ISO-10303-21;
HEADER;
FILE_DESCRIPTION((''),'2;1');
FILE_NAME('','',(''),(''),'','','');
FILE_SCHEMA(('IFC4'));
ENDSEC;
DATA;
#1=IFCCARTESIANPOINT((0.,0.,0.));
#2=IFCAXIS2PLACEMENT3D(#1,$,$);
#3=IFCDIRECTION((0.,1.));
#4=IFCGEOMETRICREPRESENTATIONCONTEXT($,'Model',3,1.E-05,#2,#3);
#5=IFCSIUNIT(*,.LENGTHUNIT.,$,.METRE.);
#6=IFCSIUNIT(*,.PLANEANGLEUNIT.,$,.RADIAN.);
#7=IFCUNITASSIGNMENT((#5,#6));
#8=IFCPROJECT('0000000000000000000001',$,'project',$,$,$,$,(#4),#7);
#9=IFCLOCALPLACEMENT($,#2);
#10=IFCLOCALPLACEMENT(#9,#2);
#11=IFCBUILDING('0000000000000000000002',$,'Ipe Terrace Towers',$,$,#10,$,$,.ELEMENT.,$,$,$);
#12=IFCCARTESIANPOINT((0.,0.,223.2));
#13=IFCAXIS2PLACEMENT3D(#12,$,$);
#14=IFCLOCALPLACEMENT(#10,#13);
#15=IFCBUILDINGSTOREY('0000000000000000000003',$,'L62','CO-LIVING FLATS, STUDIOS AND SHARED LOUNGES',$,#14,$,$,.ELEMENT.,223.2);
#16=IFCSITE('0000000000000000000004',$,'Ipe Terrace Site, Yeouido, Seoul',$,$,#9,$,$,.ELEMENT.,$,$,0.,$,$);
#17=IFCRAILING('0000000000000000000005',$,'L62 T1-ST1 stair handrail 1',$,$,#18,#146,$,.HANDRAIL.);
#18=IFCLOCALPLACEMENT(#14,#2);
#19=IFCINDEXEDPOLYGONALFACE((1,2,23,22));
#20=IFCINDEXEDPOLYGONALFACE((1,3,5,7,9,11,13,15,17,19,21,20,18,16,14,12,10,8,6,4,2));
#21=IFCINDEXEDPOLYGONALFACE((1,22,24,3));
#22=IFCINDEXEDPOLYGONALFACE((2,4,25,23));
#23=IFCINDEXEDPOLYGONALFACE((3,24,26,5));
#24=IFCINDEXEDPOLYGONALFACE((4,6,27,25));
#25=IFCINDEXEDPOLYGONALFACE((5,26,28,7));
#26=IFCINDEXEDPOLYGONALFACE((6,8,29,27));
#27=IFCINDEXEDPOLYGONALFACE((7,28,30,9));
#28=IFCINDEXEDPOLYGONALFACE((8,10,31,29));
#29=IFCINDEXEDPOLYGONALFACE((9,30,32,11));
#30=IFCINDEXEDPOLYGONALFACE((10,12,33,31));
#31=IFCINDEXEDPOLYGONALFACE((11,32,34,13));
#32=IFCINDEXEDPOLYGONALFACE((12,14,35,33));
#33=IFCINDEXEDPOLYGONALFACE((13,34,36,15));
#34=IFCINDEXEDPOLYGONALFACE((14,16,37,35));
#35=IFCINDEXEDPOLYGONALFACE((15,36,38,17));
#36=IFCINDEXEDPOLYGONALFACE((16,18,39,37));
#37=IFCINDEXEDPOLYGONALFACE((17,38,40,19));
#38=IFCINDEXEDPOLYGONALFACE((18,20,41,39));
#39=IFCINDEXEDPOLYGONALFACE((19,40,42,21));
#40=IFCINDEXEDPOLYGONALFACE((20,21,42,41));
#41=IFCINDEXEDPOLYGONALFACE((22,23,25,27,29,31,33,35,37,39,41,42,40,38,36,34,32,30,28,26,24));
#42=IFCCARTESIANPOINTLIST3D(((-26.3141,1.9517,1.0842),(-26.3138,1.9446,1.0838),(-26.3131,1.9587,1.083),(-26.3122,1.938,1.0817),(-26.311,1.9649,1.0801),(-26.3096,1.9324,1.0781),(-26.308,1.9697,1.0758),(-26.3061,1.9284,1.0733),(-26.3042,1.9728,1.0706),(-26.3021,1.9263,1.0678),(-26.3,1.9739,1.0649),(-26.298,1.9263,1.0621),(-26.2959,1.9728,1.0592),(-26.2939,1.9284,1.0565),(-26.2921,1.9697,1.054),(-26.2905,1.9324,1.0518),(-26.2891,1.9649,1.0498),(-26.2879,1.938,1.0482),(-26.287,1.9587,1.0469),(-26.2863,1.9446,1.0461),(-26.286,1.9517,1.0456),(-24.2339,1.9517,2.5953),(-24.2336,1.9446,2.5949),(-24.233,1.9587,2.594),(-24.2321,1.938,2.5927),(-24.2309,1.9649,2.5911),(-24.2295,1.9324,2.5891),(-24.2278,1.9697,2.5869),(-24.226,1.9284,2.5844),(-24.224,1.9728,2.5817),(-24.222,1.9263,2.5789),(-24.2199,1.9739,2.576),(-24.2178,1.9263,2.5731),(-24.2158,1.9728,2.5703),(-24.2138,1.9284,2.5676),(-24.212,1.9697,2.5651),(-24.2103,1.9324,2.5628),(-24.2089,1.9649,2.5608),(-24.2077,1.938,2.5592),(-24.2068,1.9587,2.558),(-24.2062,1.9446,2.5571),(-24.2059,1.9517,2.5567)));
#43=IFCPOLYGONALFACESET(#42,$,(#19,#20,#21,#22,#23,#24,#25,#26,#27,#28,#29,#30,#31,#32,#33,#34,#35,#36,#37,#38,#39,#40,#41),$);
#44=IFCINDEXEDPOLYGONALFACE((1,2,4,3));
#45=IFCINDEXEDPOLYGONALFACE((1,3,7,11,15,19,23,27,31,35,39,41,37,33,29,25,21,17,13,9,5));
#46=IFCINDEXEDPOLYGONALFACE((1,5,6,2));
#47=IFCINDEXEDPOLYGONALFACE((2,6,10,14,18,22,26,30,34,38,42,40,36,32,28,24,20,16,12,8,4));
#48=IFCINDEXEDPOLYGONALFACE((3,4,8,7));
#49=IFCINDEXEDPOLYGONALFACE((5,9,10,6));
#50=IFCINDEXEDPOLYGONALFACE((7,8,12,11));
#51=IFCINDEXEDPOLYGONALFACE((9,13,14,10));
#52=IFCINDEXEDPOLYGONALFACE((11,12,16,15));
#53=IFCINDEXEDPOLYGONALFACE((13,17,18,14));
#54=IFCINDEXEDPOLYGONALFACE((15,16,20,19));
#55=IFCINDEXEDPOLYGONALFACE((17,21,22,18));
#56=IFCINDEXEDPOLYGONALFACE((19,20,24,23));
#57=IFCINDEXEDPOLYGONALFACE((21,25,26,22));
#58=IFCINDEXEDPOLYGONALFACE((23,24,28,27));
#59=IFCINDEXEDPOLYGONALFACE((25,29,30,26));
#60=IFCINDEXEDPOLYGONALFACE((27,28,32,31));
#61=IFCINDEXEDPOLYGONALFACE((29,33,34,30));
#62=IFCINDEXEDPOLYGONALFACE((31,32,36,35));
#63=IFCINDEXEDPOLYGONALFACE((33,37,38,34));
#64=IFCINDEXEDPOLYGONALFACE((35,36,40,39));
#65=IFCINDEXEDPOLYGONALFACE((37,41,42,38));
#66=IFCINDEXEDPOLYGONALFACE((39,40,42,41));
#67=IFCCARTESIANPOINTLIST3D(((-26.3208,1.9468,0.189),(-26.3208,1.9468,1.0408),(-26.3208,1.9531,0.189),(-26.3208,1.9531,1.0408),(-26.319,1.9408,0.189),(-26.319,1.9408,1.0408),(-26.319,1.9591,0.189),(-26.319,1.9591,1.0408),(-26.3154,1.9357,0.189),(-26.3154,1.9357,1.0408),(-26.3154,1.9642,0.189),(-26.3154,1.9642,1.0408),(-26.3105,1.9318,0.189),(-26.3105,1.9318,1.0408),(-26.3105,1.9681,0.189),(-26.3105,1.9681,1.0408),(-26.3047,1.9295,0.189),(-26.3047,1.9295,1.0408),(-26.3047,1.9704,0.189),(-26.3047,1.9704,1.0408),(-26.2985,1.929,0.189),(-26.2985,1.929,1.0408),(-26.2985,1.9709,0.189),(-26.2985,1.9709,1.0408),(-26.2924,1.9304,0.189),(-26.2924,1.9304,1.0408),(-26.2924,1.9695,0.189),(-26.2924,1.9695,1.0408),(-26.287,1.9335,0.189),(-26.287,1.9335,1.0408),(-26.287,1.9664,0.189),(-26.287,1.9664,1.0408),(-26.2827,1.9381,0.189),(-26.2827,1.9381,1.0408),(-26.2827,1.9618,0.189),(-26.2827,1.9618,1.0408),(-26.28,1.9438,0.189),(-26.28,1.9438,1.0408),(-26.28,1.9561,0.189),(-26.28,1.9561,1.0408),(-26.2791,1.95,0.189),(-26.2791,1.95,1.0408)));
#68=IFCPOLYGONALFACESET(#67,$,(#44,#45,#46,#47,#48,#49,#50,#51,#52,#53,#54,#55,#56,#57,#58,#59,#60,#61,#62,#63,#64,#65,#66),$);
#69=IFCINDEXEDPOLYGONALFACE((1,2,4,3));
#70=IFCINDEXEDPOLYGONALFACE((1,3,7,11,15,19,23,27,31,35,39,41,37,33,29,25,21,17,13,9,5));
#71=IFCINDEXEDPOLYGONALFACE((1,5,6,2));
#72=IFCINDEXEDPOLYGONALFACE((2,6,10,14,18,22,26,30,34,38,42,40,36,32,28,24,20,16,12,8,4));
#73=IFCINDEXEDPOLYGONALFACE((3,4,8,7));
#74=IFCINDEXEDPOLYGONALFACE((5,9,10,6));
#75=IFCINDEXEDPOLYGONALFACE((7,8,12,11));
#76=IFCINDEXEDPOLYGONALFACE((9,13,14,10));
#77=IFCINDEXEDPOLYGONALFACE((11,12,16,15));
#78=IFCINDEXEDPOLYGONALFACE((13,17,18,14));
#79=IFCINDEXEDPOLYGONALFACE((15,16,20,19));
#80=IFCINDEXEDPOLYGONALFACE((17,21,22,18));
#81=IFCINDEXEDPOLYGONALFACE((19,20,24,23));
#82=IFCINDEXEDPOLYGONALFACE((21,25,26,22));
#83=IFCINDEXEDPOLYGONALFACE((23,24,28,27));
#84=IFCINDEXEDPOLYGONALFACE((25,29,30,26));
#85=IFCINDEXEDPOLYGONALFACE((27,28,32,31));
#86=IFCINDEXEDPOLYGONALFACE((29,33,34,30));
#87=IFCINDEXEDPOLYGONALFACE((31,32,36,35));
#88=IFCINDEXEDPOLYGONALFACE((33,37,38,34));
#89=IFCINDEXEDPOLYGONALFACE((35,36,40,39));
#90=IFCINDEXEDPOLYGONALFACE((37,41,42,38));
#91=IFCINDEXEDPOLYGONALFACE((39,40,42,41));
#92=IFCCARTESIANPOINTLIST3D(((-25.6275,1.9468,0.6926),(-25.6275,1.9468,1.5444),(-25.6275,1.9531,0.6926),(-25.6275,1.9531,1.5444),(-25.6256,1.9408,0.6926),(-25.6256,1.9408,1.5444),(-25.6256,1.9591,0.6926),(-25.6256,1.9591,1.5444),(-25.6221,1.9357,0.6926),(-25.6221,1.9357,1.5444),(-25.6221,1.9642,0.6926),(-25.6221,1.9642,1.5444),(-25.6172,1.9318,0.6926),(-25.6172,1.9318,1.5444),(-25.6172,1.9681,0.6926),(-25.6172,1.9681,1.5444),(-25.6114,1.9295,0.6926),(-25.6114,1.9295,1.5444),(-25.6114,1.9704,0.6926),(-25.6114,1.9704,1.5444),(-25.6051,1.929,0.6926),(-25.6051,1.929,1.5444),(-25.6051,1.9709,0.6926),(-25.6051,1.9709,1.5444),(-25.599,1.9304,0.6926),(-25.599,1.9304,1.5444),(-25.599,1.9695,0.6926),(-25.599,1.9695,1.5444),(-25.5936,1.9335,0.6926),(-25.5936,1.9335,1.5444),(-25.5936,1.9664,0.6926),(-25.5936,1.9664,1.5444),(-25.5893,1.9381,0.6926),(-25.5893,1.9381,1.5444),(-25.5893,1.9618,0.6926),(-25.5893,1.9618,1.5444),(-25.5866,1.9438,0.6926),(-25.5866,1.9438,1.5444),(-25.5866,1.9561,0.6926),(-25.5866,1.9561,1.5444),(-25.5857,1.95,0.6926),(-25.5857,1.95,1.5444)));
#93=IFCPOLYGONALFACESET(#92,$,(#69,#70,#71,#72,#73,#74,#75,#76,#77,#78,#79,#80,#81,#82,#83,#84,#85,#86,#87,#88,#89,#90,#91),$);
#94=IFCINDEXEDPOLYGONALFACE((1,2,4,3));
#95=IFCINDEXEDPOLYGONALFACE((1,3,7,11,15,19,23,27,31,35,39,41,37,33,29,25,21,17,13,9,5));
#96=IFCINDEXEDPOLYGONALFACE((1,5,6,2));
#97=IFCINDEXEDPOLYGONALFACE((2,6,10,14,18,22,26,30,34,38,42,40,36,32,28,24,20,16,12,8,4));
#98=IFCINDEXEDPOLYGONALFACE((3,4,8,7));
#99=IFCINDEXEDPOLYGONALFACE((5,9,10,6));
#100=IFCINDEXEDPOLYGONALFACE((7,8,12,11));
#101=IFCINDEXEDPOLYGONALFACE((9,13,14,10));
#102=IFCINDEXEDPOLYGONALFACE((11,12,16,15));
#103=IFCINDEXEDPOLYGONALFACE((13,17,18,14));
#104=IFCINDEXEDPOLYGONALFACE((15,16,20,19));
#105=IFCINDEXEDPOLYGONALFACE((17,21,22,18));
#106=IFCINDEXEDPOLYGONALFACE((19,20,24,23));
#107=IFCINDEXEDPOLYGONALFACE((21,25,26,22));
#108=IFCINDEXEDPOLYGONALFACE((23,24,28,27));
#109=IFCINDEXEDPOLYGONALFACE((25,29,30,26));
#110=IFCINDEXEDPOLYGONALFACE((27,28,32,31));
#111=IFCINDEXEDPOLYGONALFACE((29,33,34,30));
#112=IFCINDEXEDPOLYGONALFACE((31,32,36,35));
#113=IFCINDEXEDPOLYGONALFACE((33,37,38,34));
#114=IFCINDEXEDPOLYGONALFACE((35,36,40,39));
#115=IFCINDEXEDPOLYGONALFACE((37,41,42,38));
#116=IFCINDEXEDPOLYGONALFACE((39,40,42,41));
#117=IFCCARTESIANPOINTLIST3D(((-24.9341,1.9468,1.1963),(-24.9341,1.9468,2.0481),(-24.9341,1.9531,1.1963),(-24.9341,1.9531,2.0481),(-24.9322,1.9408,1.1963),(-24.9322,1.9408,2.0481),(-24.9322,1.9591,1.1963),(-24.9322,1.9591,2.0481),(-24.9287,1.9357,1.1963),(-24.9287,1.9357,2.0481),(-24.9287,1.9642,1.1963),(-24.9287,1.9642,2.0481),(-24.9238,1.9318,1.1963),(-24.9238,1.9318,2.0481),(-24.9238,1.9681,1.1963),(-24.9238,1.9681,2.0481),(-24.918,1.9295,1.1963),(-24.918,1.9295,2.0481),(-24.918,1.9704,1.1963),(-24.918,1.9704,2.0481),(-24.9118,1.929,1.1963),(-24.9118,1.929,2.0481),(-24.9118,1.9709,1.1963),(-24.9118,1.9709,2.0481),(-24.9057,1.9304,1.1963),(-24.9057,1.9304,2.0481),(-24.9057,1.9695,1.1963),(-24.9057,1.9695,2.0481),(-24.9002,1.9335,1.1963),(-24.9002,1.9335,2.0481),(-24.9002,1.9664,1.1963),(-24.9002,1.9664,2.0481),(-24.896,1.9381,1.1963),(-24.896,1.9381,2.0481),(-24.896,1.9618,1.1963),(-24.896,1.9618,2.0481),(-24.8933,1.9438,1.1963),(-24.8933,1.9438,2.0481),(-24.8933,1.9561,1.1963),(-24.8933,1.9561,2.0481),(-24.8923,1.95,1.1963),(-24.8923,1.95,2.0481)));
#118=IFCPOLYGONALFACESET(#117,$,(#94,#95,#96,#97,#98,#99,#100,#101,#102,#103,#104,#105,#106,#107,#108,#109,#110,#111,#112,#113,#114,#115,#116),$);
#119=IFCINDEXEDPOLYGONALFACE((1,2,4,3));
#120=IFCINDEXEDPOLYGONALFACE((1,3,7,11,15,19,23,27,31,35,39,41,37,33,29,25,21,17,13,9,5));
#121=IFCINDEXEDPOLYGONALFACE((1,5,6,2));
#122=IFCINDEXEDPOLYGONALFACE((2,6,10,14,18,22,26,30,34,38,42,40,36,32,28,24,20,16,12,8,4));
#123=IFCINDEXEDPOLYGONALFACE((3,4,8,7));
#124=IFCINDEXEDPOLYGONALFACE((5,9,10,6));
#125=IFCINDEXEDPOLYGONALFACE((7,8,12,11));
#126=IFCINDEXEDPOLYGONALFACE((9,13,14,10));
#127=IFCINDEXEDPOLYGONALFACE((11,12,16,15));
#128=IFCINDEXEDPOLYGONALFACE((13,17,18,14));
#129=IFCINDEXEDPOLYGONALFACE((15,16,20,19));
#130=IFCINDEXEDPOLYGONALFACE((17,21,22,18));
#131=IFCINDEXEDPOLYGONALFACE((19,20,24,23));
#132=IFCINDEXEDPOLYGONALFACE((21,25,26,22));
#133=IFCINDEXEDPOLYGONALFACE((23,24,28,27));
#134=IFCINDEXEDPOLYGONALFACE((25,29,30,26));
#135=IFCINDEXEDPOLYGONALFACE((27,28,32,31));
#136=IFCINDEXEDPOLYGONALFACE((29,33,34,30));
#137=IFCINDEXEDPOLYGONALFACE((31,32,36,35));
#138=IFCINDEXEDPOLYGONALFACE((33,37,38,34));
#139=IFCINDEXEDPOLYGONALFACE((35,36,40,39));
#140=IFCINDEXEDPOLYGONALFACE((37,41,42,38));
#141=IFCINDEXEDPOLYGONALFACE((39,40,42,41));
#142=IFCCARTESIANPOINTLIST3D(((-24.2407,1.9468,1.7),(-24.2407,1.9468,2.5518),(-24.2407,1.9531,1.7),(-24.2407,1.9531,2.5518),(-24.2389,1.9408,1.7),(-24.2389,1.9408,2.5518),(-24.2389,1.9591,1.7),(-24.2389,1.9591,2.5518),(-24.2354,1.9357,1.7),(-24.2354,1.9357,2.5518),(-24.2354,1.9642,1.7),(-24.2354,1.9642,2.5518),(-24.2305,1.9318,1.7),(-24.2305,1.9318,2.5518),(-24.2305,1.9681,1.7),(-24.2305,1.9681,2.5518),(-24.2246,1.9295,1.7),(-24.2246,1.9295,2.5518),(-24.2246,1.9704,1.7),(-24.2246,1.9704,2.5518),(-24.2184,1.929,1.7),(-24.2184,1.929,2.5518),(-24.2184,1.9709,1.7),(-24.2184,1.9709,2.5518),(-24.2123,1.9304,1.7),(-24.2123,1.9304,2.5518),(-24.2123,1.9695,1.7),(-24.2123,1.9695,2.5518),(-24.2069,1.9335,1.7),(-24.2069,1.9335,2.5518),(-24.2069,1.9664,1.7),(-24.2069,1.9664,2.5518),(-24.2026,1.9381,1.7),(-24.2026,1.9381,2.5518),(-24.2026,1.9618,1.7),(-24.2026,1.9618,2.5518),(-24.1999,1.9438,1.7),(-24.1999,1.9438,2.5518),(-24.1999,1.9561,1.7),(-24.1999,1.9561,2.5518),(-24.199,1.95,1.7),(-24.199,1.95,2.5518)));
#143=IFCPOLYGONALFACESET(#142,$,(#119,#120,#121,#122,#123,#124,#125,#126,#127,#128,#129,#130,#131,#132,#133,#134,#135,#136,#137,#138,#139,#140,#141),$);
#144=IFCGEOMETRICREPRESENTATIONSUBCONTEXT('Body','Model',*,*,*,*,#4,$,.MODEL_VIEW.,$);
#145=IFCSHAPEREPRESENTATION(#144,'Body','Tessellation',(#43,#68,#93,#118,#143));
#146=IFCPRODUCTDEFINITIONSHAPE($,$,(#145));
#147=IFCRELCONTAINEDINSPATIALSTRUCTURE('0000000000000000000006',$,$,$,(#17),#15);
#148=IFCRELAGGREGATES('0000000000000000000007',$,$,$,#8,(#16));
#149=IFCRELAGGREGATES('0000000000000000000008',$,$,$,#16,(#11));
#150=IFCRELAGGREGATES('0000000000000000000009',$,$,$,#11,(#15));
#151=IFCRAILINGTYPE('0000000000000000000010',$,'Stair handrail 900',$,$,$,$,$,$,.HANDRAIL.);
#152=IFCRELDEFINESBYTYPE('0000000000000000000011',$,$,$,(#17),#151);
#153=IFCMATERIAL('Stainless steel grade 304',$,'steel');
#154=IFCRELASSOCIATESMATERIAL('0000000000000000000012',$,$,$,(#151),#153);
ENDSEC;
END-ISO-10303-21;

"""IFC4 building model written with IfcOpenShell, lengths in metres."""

from ifc_helpers import new_model, si_unit, direction, frame, origin, origin_2d, place, context, subcontext, project, spatial, circle, extrude, material, type_object, element, save


model = new_model("IFC4")

# Units and contexts
model_context = context("Model", 3, precision=1e-05, world=origin(), true_north=direction((0.0, 1.0)))
body_context = subcontext(model_context, "Body", "Model", "MODEL_VIEW")
ifc_project = project(units=[si_unit("LENGTHUNIT", "METRE"), si_unit("PLANEANGLEUNIT", "RADIAN")], contexts=[model_context])

# Site, building, storey
site_placement = place(None, origin())
site = spatial("IfcSite", under=ifc_project, at=site_placement, Name="Ipe Terrace Site, Yeouido, Seoul", CompositionType="ELEMENT", RefElevation=0.0)
building_placement = place(site_placement, origin())
building = spatial("IfcBuilding", under=site, at=building_placement, Name="Ipe Terrace Towers", CompositionType="ELEMENT")
storey_placement = place(building_placement, frame((0.0, 0.0, 223.2)))
storey = spatial("IfcBuildingStorey", under=building, at=storey_placement, Name="L62", Description="CO-LIVING FLATS, STUDIOS AND SHARED LOUNGES", CompositionType="ELEMENT", Elevation=223.2)

# Railing
ifc_material_1 = material(Name="Stainless steel grade 304", Category="steel")
railing_type_1 = type_object("IfcRailingType", Name="Stair handrail 900", PredefinedType="HANDRAIL", material=ifc_material_1)
railing_1_placement = place(storey_placement, frame((-26.3, 1.95, 0.189)))
element("IfcRailing", 1, at=railing_1_placement, inside=storey, type_object=railing_type_1, Name="L62 T1-ST1 stair handrail 1", PredefinedType="HANDRAIL", context=body_context, shape_type="SweptSolid", body=[
    extrude(circle(Radius=0.0239, at=origin_2d()), frame((0.0, 0.0, 0.876), z_axis=(0.809069, 0.0, 0.587714), x_axis=(0.0, 1.0, 0.0)), (0.0, 0.0, 1.0), 2.571),
    extrude(circle(Radius=0.021, at=origin_2d()), origin(), (0.0, 0.0, 1.0), 0.8518),
    extrude(circle(Radius=0.021, at=origin_2d()), frame((0.6934, 0.0, 0.5037)), (0.0, 0.0, 1.0), 0.8518),
    extrude(circle(Radius=0.021, at=origin_2d()), frame((1.3867, 0.0, 1.0073)), (0.0, 0.0, 1.0), 0.8518),
    extrude(circle(Radius=0.021, at=origin_2d()), frame((2.0801, 0.0, 1.511)), (0.0, 0.0, 1.0), 0.8518),
])

save(model, "model.ifc")
